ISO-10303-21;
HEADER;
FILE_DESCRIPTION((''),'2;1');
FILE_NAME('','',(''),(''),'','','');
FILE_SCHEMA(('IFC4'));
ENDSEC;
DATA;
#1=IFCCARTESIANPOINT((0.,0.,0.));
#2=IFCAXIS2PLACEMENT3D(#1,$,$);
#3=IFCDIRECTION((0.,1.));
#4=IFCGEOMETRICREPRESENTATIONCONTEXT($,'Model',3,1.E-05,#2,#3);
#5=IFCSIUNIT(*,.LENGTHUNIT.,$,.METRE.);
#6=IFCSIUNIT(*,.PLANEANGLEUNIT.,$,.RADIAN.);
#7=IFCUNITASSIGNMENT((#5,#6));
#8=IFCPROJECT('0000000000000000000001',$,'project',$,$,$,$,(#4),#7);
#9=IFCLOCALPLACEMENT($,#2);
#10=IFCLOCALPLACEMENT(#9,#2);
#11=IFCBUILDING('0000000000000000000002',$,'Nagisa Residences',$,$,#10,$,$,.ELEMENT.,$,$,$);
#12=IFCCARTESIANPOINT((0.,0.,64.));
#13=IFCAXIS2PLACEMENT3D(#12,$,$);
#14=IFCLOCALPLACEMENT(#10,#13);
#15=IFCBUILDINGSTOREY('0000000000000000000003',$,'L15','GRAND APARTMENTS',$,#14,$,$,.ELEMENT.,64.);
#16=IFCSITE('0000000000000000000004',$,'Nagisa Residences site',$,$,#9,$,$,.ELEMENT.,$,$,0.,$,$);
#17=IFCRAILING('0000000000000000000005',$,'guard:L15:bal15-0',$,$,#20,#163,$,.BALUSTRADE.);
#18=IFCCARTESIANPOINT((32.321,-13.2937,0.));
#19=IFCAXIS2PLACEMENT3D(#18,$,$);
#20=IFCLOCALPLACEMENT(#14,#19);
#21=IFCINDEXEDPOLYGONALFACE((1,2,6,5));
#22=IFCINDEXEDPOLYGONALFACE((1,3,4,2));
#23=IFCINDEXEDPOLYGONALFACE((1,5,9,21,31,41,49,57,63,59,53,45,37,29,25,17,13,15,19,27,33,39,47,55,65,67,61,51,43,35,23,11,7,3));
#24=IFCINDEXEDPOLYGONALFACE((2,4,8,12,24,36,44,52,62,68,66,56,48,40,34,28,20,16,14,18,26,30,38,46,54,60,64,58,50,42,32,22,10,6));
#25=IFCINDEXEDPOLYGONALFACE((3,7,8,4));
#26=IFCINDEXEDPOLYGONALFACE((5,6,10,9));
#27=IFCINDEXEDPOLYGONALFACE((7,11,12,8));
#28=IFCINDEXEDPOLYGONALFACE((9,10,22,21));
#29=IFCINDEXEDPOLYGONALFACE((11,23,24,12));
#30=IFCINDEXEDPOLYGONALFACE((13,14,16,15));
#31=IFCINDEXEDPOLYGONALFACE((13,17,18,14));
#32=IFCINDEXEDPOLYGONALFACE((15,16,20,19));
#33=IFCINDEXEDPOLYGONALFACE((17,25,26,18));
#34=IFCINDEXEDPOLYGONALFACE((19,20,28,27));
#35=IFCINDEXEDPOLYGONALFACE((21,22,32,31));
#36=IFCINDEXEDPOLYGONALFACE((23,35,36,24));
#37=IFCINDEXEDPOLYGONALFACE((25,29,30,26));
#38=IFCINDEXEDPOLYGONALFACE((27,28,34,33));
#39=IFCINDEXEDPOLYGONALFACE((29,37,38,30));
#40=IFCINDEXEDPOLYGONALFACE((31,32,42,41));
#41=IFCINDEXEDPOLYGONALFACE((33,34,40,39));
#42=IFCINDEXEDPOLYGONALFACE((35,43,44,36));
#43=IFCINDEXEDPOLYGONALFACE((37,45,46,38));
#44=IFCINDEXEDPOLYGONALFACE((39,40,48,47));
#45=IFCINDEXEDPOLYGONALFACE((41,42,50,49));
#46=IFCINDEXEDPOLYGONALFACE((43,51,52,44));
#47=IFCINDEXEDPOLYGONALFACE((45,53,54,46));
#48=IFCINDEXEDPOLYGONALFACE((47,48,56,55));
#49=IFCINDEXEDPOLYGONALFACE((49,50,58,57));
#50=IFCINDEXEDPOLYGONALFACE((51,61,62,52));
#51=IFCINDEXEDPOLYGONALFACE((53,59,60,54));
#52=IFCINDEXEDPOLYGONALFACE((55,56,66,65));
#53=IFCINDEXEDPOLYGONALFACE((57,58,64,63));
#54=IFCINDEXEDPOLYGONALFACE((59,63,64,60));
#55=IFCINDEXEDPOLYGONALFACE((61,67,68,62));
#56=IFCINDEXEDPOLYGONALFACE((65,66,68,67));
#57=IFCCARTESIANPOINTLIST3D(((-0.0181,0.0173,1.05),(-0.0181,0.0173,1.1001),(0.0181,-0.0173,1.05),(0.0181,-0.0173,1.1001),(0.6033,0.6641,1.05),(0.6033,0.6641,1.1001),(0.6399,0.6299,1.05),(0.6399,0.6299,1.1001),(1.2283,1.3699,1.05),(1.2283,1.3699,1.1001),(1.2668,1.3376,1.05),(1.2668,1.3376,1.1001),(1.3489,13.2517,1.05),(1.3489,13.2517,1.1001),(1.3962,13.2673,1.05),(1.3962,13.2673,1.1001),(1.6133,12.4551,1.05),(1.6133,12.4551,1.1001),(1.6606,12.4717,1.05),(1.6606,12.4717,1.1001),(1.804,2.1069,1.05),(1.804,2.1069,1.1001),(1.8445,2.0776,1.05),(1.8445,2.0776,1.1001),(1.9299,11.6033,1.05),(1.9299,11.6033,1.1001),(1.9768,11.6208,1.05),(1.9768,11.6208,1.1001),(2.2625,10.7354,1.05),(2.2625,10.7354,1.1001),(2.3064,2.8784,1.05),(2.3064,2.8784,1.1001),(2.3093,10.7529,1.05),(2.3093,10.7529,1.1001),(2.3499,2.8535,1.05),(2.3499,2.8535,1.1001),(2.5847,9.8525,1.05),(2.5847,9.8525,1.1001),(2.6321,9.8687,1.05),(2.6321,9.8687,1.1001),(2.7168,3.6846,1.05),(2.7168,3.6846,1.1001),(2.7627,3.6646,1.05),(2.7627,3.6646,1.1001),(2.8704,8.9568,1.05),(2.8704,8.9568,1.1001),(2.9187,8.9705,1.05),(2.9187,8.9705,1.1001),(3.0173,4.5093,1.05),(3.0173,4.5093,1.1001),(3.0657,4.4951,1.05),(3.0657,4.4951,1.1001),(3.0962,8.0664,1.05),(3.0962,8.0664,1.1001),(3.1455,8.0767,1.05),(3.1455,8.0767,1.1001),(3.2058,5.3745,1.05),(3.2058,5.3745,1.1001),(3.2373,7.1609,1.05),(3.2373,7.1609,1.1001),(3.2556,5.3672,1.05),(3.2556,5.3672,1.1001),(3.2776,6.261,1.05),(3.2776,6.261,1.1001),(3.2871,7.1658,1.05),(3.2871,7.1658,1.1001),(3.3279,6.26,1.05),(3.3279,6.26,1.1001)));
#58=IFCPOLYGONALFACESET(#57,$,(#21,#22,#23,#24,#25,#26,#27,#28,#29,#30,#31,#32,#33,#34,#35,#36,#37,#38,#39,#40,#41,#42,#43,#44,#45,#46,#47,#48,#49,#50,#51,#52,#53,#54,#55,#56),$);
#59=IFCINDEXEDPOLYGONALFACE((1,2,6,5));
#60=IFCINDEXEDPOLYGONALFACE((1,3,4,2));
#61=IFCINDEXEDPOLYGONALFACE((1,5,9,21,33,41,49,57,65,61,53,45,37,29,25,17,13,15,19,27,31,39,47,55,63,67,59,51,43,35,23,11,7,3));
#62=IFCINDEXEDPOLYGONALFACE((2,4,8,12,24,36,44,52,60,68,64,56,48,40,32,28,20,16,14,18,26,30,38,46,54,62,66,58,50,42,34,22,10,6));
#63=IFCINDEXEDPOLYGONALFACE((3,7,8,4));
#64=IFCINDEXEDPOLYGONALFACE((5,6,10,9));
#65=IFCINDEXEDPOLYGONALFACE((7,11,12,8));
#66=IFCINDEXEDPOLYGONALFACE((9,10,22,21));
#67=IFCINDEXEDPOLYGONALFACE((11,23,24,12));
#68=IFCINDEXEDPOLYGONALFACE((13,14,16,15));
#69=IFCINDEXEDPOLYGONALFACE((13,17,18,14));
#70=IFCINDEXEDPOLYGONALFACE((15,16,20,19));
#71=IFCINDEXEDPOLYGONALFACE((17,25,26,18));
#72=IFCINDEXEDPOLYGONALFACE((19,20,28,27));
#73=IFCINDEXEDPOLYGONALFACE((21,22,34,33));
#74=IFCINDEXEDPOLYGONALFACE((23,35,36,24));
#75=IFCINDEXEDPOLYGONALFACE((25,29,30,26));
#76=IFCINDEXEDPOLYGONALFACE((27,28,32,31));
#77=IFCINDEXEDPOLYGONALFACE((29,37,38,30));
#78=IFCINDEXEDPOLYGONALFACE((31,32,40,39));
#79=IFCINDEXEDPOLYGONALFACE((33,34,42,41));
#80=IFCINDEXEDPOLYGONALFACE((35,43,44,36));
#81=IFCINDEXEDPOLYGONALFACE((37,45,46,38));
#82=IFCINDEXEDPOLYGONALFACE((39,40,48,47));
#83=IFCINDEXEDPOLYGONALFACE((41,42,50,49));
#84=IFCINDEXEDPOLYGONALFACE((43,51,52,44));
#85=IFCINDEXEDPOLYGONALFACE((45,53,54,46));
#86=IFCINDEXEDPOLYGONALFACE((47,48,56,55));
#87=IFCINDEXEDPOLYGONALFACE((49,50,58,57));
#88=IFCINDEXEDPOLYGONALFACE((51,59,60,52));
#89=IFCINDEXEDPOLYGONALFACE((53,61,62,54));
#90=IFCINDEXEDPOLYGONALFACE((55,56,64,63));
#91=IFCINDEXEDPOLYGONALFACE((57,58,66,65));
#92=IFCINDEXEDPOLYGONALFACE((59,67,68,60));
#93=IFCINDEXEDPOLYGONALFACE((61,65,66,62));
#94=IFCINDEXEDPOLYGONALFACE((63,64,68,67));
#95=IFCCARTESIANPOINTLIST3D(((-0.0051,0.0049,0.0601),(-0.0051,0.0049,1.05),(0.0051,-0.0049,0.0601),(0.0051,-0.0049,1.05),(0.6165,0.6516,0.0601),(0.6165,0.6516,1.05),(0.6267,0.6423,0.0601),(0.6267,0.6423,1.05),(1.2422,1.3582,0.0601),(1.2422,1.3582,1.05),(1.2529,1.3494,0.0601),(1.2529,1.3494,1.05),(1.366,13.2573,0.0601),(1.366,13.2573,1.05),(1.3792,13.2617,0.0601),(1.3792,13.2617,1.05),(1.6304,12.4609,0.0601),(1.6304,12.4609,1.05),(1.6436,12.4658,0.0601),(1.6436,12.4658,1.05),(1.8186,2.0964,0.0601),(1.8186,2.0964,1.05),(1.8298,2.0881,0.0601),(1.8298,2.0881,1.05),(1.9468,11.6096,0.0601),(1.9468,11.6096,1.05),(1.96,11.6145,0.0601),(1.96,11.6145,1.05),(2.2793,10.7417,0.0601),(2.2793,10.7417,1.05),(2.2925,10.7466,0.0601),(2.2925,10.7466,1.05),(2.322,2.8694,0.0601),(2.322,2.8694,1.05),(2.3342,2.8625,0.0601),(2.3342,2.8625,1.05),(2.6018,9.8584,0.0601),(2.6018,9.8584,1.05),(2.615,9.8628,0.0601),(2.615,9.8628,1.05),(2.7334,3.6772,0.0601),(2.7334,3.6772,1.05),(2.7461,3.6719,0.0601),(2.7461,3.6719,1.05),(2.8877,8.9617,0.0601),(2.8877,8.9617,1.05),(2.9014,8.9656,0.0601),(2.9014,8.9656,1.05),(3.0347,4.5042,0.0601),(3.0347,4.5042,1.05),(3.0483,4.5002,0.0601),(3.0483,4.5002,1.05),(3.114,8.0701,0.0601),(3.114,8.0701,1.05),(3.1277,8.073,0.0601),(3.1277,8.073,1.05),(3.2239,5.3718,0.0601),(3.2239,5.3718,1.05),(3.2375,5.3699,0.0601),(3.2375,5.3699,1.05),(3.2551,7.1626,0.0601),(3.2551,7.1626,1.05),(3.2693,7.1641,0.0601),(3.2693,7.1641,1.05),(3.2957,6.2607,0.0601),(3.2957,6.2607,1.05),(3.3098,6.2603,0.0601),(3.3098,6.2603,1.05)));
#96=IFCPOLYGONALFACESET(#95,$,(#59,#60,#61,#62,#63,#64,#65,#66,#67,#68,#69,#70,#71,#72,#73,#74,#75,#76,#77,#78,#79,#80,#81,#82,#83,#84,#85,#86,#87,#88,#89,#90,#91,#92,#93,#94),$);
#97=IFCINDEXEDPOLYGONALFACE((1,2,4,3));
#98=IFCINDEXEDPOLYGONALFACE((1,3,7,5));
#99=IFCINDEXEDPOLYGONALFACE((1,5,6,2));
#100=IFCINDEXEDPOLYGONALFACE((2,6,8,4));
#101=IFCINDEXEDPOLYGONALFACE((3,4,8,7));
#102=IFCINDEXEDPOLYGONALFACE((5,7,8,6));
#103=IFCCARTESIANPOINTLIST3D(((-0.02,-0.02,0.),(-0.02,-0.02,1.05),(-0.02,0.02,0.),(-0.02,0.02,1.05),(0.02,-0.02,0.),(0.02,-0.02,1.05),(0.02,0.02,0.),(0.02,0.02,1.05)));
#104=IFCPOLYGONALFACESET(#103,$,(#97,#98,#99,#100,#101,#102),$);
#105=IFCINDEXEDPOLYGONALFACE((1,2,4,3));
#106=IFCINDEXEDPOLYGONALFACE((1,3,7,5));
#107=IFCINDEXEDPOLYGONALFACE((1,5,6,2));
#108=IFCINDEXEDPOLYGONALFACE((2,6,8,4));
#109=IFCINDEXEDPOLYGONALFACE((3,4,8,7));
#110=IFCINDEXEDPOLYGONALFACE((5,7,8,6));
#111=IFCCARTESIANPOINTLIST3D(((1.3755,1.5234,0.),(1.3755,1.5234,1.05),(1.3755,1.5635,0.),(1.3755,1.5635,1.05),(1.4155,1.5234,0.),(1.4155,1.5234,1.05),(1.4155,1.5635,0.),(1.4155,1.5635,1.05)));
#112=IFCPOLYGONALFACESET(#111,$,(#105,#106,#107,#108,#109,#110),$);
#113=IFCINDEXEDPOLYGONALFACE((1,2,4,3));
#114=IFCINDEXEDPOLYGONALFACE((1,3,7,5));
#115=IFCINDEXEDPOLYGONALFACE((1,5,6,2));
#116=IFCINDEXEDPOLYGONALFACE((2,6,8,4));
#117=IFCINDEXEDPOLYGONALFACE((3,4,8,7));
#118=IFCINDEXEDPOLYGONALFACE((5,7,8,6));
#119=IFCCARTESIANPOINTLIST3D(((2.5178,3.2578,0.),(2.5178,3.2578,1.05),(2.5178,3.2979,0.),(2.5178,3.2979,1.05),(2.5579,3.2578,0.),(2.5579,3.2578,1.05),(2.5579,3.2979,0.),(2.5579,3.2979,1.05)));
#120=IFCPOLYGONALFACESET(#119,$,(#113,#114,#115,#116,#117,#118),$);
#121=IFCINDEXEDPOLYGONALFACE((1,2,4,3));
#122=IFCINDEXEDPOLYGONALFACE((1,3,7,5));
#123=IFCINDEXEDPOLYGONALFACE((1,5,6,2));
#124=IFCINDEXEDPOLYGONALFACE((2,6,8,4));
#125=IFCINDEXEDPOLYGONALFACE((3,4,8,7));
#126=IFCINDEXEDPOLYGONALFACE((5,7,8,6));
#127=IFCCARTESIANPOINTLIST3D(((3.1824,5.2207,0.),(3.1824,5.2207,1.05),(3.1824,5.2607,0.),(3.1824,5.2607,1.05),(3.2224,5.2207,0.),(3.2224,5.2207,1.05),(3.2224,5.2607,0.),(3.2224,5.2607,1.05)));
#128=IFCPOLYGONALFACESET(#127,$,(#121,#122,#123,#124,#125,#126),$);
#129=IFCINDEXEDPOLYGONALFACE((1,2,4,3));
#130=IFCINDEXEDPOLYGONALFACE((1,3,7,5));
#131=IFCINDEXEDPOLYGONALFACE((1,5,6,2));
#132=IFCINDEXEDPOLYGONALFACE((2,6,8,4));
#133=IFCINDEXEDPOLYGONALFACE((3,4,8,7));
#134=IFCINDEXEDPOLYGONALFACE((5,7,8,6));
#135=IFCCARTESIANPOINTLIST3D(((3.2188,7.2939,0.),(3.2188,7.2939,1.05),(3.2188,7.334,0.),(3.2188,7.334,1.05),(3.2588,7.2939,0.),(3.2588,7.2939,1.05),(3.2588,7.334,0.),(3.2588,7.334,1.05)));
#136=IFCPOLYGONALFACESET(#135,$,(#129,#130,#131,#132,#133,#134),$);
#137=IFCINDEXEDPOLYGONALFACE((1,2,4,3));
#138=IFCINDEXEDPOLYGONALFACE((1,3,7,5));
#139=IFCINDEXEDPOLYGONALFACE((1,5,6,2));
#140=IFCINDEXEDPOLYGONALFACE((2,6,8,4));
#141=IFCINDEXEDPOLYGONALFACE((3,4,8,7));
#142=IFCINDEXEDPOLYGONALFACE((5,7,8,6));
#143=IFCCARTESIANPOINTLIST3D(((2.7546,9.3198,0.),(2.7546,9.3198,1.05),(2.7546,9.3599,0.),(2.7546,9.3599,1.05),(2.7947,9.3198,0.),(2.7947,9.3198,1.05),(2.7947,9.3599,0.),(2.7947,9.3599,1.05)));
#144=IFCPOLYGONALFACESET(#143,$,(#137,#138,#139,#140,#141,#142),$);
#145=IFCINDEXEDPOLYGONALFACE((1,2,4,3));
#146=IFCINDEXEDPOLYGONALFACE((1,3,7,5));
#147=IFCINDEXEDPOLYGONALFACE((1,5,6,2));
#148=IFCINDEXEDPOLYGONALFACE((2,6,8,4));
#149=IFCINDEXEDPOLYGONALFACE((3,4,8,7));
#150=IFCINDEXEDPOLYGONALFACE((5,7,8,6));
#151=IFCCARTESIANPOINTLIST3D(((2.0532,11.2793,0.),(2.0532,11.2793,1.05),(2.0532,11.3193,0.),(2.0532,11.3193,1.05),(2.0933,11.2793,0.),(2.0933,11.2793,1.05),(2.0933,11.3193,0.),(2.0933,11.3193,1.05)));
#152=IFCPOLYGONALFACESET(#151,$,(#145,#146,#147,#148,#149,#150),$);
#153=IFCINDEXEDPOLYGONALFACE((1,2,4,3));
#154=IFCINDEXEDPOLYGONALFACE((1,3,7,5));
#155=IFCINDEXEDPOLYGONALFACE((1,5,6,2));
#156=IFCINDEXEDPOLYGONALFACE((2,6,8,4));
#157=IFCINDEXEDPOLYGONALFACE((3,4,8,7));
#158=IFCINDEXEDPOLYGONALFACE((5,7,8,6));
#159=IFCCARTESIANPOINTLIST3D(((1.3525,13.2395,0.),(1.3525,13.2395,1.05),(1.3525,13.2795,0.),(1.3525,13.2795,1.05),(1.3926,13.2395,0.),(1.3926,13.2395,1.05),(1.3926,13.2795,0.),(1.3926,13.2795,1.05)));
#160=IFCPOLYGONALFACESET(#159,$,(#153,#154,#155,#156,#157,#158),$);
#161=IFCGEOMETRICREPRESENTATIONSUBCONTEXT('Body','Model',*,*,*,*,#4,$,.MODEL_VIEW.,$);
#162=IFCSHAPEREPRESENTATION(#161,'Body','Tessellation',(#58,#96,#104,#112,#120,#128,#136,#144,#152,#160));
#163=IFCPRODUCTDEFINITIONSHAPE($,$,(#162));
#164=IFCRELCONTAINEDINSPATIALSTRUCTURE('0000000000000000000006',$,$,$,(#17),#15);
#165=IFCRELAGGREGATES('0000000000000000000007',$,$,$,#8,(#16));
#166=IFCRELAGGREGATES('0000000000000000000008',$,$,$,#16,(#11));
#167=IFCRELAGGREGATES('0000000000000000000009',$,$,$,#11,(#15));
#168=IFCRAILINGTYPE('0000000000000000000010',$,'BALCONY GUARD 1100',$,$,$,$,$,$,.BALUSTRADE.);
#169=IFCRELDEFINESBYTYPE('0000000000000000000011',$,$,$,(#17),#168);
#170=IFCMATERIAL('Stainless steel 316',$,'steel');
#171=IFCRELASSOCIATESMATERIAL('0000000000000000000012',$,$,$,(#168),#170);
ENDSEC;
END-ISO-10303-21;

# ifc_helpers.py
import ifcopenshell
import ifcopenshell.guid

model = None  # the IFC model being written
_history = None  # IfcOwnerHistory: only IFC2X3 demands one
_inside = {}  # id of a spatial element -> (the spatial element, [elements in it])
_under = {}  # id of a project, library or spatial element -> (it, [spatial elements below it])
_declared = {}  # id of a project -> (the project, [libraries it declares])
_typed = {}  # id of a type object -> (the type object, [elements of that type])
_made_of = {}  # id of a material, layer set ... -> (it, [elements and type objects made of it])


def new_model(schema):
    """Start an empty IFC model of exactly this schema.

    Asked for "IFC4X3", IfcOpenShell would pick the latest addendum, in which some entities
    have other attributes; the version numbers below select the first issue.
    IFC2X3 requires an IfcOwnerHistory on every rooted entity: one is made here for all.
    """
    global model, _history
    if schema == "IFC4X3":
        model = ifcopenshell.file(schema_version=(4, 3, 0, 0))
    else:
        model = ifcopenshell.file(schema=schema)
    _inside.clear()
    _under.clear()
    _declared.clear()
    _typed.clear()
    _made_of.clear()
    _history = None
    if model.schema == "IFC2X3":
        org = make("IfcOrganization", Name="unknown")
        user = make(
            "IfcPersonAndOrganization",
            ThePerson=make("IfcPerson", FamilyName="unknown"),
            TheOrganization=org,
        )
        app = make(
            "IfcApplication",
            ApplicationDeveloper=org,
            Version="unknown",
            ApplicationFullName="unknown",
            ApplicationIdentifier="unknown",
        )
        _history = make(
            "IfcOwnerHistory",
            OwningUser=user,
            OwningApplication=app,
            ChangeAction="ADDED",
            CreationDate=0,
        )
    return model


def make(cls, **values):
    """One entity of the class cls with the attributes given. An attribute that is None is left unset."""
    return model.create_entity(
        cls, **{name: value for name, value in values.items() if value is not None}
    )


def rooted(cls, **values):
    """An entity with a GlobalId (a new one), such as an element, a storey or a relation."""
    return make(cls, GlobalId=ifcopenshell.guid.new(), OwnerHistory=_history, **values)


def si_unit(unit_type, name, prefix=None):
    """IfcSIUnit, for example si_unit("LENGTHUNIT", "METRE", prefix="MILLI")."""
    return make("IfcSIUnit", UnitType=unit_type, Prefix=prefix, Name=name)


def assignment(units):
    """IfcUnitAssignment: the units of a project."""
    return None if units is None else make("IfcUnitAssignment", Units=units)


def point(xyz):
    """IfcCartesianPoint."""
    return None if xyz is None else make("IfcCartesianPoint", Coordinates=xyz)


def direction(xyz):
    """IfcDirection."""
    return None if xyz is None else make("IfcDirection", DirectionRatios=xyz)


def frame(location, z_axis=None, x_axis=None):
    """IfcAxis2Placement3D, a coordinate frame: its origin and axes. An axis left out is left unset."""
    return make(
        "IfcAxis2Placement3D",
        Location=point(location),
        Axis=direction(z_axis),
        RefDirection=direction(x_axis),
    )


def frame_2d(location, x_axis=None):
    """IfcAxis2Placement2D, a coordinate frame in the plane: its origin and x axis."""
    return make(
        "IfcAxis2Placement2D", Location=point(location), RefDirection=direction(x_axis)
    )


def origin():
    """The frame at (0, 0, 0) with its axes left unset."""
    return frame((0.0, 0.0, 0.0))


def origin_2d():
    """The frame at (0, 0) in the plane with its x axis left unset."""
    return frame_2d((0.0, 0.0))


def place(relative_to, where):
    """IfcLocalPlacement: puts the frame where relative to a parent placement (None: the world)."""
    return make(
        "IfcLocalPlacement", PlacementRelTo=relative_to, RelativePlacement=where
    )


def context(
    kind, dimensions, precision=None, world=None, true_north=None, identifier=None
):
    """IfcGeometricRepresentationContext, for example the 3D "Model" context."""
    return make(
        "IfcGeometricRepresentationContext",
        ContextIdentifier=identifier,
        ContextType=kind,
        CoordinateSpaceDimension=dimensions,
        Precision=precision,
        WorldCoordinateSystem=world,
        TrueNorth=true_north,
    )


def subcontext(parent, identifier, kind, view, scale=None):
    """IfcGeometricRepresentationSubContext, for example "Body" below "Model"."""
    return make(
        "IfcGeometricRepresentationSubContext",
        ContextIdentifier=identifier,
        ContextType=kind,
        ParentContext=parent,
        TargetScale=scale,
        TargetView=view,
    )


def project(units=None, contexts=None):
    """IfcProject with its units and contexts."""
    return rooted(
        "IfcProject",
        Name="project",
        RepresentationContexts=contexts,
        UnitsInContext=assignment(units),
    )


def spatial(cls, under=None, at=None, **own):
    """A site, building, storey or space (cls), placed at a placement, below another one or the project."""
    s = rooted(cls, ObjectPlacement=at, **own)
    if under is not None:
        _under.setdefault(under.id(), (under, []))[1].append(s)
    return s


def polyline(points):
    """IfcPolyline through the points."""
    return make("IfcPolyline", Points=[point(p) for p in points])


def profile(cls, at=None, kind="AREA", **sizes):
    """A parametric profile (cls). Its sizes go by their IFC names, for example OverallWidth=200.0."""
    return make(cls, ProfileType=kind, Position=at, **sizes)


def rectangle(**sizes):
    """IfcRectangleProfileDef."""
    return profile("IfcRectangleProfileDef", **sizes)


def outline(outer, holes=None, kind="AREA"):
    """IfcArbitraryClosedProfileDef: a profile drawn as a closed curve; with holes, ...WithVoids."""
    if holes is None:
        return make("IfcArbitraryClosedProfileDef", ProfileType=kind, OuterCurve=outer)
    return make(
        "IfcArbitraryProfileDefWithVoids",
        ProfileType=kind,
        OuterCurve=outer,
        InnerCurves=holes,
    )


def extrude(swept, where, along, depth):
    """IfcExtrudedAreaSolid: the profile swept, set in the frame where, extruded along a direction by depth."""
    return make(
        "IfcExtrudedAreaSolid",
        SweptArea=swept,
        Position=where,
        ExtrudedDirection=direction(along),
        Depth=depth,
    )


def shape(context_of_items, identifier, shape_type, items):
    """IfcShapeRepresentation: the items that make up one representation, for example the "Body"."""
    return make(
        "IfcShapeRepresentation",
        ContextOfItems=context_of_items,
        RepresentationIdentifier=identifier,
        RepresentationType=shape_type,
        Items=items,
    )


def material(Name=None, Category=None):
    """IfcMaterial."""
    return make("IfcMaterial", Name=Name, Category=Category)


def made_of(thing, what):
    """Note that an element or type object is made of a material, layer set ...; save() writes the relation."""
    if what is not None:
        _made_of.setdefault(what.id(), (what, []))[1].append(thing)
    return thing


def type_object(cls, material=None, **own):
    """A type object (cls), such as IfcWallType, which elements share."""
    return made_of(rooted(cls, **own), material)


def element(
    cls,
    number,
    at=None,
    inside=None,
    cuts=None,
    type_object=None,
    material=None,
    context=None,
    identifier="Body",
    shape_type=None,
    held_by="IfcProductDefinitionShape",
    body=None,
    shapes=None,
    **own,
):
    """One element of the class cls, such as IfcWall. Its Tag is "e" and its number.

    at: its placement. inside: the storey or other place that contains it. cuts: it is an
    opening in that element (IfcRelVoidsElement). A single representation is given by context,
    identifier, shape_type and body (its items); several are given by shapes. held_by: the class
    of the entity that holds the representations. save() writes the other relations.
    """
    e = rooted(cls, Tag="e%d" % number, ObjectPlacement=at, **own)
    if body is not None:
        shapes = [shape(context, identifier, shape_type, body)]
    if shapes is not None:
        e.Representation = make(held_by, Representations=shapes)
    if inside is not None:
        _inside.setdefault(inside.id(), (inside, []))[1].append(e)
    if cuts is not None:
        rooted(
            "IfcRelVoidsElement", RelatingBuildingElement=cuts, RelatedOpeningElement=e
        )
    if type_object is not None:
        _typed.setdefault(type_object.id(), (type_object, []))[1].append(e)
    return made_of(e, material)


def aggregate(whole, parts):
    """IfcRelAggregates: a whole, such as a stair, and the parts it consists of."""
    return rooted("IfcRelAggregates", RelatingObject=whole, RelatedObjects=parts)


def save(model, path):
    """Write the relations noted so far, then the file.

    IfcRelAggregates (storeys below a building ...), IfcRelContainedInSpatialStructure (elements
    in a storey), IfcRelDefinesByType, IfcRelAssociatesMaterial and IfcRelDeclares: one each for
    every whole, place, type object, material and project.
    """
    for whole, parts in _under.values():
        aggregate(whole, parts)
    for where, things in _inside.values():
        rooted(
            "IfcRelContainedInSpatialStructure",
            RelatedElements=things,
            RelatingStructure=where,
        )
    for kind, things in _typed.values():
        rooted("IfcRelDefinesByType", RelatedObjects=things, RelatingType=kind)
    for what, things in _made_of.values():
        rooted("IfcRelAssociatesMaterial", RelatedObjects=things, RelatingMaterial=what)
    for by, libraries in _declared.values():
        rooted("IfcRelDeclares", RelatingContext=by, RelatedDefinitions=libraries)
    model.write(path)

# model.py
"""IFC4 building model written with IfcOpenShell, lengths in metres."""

from ifc_helpers import new_model, si_unit, direction, frame, origin, origin_2d, place, context, subcontext, project, spatial, polyline, rectangle, outline, extrude, material, type_object, element, save


model = new_model("IFC4")

# Units and contexts
model_context = context("Model", 3, precision=1e-05, world=origin(), true_north=direction((0.0, 1.0)))
body_context = subcontext(model_context, "Body", "Model", "MODEL_VIEW")
ifc_project = project(units=[si_unit("LENGTHUNIT", "METRE"), si_unit("PLANEANGLEUNIT", "RADIAN")], contexts=[model_context])

# Site, building, storey
site_placement = place(None, origin())
site = spatial("IfcSite", under=ifc_project, at=site_placement, Name="Nagisa Residences site", CompositionType="ELEMENT", RefElevation=0.0)
building_placement = place(site_placement, origin())
building = spatial("IfcBuilding", under=site, at=building_placement, Name="Nagisa Residences", CompositionType="ELEMENT")
storey_placement = place(building_placement, frame((0.0, 0.0, 64.0)))
storey = spatial("IfcBuildingStorey", under=building, at=storey_placement, Name="L15", Description="GRAND APARTMENTS", CompositionType="ELEMENT", Elevation=64.0)

# Railing
ifc_material_1 = material(Name="Stainless steel 316", Category="steel")
railing_type = type_object("IfcRailingType", Name="BALCONY GUARD 1100", PredefinedType="BALUSTRADE", material=ifc_material_1)
railing_placement = place(storey_placement, frame((32.321, -13.2937, 0.0)))
element("IfcRailing", 1, at=railing_placement, inside=storey, type_object=railing_type, Name="guard:L15:bal15-0", PredefinedType="BALUSTRADE", context=body_context, shape_type="SweptSolid", body=[
    extrude(outline(polyline([(0.6033, 0.6641), (-0.0181, 0.0173), (0.0181, -0.0173), (0.6399, 0.6299), (1.2668, 1.3376), (1.8445, 2.0776), (2.3499, 2.8535), (2.7627, 3.6646), (3.0657, 4.4951), (3.2556, 5.3672), (3.3279, 6.26), (3.2871, 7.1658), (3.1455, 8.0767), (2.9187, 8.9705), (2.6321, 9.8687), (2.3093, 10.7529), (1.9768, 11.6208), (1.6606, 12.4717), (1.3962, 13.2673), (1.3489, 13.2517), (1.6133, 12.4551), (1.9299, 11.6033), (2.2625, 10.7354), (2.5847, 9.8525), (2.8704, 8.9568), (3.0962, 8.0664), (3.2373, 7.1609), (3.2776, 6.261), (3.2058, 5.3745), (3.0173, 4.5093), (2.7168, 3.6846), (2.3064, 2.8784), (1.804, 2.1069), (1.2283, 1.3699), (0.6033, 0.6641)])), frame((0.0, 0.0, 1.05)), (0.0, 0.0, 1.0), 0.05),
    extrude(outline(polyline([(0.6165, 0.6516), (-0.0051, 0.0049), (0.0051, -0.0049), (0.6267, 0.6423), (1.2529, 1.3494), (1.8298, 2.0881), (2.3342, 2.8625), (2.7461, 3.6719), (3.0483, 4.5002), (3.2375, 5.3699), (3.3098, 6.2603), (3.2693, 7.1641), (3.1277, 8.073), (2.9014, 8.9656), (2.615, 9.8628), (2.2925, 10.7466), (1.96, 11.6145), (1.6436, 12.4658), (1.3792, 13.2617), (1.366, 13.2573), (1.6304, 12.4609), (1.9468, 11.6096), (2.2793, 10.7417), (2.6018, 9.8584), (2.8877, 8.9617), (3.114, 8.0701), (3.2551, 7.1626), (3.2957, 6.2607), (3.2239, 5.3718), (3.0347, 4.5042), (2.7334, 3.6772), (2.322, 2.8694), (1.8186, 2.0964), (1.2422, 1.3582), (0.6165, 0.6516)])), frame((0.0, 0.0, 0.0601)), (0.0, 0.0, 1.0), 0.99),
    extrude(rectangle(XDim=0.04, YDim=0.04, at=origin_2d()), origin(), (0.0, 0.0, 1.0), 1.05),
    extrude(rectangle(XDim=0.04, YDim=0.04, at=origin_2d()), frame((1.3955, 1.5435, 0.0)), (0.0, 0.0, 1.0), 1.05),
    extrude(rectangle(XDim=0.04, YDim=0.04, at=origin_2d()), frame((2.5378, 3.2778, 0.0)), (0.0, 0.0, 1.0), 1.05),
    extrude(rectangle(XDim=0.04, YDim=0.04, at=origin_2d()), frame((3.2024, 5.2407, 0.0)), (0.0, 0.0, 1.0), 1.05),
    extrude(rectangle(XDim=0.04, YDim=0.04, at=origin_2d()), frame((3.2388, 7.314, 0.0)), (0.0, 0.0, 1.0), 1.05),
    extrude(rectangle(XDim=0.04, YDim=0.04, at=origin_2d()), frame((2.7747, 9.3398, 0.0)), (0.0, 0.0, 1.0), 1.05),
    extrude(rectangle(XDim=0.04, YDim=0.04, at=origin_2d()), frame((2.0732, 11.2993, 0.0)), (0.0, 0.0, 1.0), 1.05),
    extrude(rectangle(XDim=0.04, YDim=0.04, at=origin_2d()), frame((1.3726, 13.2595, 0.0)), (0.0, 0.0, 1.0), 1.05),
])

save(model, "model.ifc")
